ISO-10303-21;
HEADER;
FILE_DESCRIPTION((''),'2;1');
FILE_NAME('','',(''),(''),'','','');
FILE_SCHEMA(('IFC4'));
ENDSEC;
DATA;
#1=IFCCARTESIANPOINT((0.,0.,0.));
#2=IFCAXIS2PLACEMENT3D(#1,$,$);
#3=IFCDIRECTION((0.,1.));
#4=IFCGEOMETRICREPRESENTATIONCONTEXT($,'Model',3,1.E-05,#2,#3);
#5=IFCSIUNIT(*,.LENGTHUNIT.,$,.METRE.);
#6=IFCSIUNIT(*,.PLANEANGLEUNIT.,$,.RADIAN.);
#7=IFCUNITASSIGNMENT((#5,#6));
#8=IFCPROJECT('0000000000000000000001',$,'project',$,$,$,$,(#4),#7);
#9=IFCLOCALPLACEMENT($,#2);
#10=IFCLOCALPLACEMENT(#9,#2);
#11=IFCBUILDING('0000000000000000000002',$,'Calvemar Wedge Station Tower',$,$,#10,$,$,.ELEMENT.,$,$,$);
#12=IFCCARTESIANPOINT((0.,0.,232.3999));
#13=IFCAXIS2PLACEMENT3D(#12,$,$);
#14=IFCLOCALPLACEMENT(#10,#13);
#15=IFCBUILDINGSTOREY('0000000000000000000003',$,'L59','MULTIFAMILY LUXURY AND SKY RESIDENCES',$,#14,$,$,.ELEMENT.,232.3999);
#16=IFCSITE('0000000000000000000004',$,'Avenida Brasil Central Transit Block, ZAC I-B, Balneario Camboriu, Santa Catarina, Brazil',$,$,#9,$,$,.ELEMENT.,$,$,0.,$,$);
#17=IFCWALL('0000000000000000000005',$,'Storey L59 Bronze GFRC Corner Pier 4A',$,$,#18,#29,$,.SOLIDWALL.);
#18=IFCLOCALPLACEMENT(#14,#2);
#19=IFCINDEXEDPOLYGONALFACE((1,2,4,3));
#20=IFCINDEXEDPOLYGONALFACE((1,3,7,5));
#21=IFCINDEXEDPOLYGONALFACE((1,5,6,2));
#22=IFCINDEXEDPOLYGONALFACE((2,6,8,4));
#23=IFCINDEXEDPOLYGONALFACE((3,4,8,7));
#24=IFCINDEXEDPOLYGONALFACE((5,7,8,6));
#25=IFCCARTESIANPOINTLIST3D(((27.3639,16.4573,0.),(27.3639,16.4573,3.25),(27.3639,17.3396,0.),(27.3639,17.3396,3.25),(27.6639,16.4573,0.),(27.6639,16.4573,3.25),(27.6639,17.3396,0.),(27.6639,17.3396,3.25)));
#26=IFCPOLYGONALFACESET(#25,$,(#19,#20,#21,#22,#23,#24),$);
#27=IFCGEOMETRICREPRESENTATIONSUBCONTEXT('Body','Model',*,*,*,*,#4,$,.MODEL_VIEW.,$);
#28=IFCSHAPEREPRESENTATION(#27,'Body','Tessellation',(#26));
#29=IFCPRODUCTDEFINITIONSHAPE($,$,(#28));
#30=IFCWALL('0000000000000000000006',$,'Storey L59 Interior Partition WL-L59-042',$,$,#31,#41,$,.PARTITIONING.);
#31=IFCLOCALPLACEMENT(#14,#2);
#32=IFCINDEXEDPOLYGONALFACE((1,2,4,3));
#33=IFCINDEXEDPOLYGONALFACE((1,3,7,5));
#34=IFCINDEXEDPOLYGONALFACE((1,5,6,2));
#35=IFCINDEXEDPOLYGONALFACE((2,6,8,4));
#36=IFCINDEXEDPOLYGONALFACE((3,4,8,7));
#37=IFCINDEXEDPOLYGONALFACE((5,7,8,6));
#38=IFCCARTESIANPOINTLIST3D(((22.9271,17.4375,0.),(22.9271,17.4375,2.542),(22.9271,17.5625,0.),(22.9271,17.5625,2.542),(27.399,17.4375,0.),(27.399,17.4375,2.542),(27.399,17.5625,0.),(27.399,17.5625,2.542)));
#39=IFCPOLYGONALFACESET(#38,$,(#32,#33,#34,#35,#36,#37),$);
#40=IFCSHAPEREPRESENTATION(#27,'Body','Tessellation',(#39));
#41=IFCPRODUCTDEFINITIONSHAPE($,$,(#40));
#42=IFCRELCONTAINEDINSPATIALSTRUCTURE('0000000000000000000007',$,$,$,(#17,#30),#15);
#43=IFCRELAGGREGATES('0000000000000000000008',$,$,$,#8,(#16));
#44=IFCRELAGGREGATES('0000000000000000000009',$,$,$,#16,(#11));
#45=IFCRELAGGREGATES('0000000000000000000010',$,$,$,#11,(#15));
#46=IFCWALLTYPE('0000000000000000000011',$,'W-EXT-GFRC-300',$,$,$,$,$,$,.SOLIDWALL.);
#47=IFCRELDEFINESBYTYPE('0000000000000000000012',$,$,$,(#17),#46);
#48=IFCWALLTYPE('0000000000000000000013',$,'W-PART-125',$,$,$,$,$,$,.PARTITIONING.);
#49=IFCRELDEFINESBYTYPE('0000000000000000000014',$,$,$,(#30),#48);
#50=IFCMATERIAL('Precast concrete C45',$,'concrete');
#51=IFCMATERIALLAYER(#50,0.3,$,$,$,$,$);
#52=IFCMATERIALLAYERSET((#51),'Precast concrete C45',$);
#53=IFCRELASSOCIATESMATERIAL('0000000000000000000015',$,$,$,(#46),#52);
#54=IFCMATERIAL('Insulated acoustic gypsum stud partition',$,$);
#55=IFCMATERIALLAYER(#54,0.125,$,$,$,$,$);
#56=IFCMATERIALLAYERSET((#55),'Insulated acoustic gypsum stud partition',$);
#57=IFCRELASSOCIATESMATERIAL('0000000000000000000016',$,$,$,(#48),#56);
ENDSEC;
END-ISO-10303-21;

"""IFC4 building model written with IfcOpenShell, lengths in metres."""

from ifc_helpers import new_model, si_unit, direction, frame, frame_2d, origin, place, context, subcontext, project, spatial, rectangle, extrude, material, layer, layer_set, type_object, element, save


model = new_model("IFC4")

# Units and contexts
model_context = context("Model", 3, precision=1e-05, world=origin(), true_north=direction((0.0, 1.0)))
body_context = subcontext(model_context, "Body", "Model", "MODEL_VIEW")
ifc_project = project(units=[si_unit("LENGTHUNIT", "METRE"), si_unit("PLANEANGLEUNIT", "RADIAN")], contexts=[model_context])

# Site, building, storey
site_placement = place(None, origin())
site = spatial("IfcSite", under=ifc_project, at=site_placement, Name="Avenida Brasil Central Transit Block, ZAC I-B, Balneario Camboriu, Santa Catarina, Brazil", CompositionType="ELEMENT", RefElevation=0.0)
building_placement = place(site_placement, origin())
building = spatial("IfcBuilding", under=site, at=building_placement, Name="Calvemar Wedge Station Tower", CompositionType="ELEMENT")
storey_placement = place(building_placement, frame((0.0, 0.0, 232.3999)))
storey = spatial("IfcBuildingStorey", under=building, at=storey_placement, Name="L59", Description="MULTIFAMILY LUXURY AND SKY RESIDENCES", CompositionType="ELEMENT", Elevation=232.3999)

# Shared definitions
ifc_material_1 = material(Name="Precast concrete C45", Category="concrete")
ifc_layer_1 = layer(ifc_material_1, 0.3)
ifc_layer_set_1 = layer_set([ifc_layer_1], Name="Precast concrete C45")
wall_type_1 = type_object("IfcWallType", Name="W-EXT-GFRC-300", PredefinedType="SOLIDWALL", material=ifc_layer_set_1)

# Walls
wall_1_placement = place(storey_placement, frame((27.5139, 16.4573, 0.0), z_axis=(0.0, 0.0, 1.0), x_axis=(0.0, 1.0, 0.0)))
element("IfcWall", 1, at=wall_1_placement, inside=storey, type_object=wall_type_1, Name="Storey L59 Bronze GFRC Corner Pier 4A", PredefinedType="SOLIDWALL", context=body_context, shape_type="SweptSolid", body=[
    extrude(rectangle(XDim=0.8823, YDim=0.3, at=frame_2d((0.4412, 0.0))), origin(), (0.0, 0.0, 1.0), 3.25),
])
ifc_material_2 = material(Name="Insulated acoustic gypsum stud partition")
ifc_layer_2 = layer(ifc_material_2, 0.125)
ifc_layer_set_2 = layer_set([ifc_layer_2], Name="Insulated acoustic gypsum stud partition")
wall_type_2 = type_object("IfcWallType", Name="W-PART-125", PredefinedType="PARTITIONING", material=ifc_layer_set_2)
wall_2_placement = place(storey_placement, frame((27.3989, 17.5, 0.0), z_axis=(0.0, 0.0, 1.0), x_axis=(-1.0, 0.0, 0.0)))
element("IfcWall", 2, at=wall_2_placement, inside=storey, type_object=wall_type_2, Name="Storey L59 Interior Partition WL-L59-042", PredefinedType="PARTITIONING", context=body_context, shape_type="SweptSolid", body=[
    extrude(rectangle(XDim=4.4719, YDim=0.125, at=frame_2d((2.2358, 0.0))), origin(), (0.0, 0.0, 1.0), 2.542),
])

save(model, "model.ifc")
